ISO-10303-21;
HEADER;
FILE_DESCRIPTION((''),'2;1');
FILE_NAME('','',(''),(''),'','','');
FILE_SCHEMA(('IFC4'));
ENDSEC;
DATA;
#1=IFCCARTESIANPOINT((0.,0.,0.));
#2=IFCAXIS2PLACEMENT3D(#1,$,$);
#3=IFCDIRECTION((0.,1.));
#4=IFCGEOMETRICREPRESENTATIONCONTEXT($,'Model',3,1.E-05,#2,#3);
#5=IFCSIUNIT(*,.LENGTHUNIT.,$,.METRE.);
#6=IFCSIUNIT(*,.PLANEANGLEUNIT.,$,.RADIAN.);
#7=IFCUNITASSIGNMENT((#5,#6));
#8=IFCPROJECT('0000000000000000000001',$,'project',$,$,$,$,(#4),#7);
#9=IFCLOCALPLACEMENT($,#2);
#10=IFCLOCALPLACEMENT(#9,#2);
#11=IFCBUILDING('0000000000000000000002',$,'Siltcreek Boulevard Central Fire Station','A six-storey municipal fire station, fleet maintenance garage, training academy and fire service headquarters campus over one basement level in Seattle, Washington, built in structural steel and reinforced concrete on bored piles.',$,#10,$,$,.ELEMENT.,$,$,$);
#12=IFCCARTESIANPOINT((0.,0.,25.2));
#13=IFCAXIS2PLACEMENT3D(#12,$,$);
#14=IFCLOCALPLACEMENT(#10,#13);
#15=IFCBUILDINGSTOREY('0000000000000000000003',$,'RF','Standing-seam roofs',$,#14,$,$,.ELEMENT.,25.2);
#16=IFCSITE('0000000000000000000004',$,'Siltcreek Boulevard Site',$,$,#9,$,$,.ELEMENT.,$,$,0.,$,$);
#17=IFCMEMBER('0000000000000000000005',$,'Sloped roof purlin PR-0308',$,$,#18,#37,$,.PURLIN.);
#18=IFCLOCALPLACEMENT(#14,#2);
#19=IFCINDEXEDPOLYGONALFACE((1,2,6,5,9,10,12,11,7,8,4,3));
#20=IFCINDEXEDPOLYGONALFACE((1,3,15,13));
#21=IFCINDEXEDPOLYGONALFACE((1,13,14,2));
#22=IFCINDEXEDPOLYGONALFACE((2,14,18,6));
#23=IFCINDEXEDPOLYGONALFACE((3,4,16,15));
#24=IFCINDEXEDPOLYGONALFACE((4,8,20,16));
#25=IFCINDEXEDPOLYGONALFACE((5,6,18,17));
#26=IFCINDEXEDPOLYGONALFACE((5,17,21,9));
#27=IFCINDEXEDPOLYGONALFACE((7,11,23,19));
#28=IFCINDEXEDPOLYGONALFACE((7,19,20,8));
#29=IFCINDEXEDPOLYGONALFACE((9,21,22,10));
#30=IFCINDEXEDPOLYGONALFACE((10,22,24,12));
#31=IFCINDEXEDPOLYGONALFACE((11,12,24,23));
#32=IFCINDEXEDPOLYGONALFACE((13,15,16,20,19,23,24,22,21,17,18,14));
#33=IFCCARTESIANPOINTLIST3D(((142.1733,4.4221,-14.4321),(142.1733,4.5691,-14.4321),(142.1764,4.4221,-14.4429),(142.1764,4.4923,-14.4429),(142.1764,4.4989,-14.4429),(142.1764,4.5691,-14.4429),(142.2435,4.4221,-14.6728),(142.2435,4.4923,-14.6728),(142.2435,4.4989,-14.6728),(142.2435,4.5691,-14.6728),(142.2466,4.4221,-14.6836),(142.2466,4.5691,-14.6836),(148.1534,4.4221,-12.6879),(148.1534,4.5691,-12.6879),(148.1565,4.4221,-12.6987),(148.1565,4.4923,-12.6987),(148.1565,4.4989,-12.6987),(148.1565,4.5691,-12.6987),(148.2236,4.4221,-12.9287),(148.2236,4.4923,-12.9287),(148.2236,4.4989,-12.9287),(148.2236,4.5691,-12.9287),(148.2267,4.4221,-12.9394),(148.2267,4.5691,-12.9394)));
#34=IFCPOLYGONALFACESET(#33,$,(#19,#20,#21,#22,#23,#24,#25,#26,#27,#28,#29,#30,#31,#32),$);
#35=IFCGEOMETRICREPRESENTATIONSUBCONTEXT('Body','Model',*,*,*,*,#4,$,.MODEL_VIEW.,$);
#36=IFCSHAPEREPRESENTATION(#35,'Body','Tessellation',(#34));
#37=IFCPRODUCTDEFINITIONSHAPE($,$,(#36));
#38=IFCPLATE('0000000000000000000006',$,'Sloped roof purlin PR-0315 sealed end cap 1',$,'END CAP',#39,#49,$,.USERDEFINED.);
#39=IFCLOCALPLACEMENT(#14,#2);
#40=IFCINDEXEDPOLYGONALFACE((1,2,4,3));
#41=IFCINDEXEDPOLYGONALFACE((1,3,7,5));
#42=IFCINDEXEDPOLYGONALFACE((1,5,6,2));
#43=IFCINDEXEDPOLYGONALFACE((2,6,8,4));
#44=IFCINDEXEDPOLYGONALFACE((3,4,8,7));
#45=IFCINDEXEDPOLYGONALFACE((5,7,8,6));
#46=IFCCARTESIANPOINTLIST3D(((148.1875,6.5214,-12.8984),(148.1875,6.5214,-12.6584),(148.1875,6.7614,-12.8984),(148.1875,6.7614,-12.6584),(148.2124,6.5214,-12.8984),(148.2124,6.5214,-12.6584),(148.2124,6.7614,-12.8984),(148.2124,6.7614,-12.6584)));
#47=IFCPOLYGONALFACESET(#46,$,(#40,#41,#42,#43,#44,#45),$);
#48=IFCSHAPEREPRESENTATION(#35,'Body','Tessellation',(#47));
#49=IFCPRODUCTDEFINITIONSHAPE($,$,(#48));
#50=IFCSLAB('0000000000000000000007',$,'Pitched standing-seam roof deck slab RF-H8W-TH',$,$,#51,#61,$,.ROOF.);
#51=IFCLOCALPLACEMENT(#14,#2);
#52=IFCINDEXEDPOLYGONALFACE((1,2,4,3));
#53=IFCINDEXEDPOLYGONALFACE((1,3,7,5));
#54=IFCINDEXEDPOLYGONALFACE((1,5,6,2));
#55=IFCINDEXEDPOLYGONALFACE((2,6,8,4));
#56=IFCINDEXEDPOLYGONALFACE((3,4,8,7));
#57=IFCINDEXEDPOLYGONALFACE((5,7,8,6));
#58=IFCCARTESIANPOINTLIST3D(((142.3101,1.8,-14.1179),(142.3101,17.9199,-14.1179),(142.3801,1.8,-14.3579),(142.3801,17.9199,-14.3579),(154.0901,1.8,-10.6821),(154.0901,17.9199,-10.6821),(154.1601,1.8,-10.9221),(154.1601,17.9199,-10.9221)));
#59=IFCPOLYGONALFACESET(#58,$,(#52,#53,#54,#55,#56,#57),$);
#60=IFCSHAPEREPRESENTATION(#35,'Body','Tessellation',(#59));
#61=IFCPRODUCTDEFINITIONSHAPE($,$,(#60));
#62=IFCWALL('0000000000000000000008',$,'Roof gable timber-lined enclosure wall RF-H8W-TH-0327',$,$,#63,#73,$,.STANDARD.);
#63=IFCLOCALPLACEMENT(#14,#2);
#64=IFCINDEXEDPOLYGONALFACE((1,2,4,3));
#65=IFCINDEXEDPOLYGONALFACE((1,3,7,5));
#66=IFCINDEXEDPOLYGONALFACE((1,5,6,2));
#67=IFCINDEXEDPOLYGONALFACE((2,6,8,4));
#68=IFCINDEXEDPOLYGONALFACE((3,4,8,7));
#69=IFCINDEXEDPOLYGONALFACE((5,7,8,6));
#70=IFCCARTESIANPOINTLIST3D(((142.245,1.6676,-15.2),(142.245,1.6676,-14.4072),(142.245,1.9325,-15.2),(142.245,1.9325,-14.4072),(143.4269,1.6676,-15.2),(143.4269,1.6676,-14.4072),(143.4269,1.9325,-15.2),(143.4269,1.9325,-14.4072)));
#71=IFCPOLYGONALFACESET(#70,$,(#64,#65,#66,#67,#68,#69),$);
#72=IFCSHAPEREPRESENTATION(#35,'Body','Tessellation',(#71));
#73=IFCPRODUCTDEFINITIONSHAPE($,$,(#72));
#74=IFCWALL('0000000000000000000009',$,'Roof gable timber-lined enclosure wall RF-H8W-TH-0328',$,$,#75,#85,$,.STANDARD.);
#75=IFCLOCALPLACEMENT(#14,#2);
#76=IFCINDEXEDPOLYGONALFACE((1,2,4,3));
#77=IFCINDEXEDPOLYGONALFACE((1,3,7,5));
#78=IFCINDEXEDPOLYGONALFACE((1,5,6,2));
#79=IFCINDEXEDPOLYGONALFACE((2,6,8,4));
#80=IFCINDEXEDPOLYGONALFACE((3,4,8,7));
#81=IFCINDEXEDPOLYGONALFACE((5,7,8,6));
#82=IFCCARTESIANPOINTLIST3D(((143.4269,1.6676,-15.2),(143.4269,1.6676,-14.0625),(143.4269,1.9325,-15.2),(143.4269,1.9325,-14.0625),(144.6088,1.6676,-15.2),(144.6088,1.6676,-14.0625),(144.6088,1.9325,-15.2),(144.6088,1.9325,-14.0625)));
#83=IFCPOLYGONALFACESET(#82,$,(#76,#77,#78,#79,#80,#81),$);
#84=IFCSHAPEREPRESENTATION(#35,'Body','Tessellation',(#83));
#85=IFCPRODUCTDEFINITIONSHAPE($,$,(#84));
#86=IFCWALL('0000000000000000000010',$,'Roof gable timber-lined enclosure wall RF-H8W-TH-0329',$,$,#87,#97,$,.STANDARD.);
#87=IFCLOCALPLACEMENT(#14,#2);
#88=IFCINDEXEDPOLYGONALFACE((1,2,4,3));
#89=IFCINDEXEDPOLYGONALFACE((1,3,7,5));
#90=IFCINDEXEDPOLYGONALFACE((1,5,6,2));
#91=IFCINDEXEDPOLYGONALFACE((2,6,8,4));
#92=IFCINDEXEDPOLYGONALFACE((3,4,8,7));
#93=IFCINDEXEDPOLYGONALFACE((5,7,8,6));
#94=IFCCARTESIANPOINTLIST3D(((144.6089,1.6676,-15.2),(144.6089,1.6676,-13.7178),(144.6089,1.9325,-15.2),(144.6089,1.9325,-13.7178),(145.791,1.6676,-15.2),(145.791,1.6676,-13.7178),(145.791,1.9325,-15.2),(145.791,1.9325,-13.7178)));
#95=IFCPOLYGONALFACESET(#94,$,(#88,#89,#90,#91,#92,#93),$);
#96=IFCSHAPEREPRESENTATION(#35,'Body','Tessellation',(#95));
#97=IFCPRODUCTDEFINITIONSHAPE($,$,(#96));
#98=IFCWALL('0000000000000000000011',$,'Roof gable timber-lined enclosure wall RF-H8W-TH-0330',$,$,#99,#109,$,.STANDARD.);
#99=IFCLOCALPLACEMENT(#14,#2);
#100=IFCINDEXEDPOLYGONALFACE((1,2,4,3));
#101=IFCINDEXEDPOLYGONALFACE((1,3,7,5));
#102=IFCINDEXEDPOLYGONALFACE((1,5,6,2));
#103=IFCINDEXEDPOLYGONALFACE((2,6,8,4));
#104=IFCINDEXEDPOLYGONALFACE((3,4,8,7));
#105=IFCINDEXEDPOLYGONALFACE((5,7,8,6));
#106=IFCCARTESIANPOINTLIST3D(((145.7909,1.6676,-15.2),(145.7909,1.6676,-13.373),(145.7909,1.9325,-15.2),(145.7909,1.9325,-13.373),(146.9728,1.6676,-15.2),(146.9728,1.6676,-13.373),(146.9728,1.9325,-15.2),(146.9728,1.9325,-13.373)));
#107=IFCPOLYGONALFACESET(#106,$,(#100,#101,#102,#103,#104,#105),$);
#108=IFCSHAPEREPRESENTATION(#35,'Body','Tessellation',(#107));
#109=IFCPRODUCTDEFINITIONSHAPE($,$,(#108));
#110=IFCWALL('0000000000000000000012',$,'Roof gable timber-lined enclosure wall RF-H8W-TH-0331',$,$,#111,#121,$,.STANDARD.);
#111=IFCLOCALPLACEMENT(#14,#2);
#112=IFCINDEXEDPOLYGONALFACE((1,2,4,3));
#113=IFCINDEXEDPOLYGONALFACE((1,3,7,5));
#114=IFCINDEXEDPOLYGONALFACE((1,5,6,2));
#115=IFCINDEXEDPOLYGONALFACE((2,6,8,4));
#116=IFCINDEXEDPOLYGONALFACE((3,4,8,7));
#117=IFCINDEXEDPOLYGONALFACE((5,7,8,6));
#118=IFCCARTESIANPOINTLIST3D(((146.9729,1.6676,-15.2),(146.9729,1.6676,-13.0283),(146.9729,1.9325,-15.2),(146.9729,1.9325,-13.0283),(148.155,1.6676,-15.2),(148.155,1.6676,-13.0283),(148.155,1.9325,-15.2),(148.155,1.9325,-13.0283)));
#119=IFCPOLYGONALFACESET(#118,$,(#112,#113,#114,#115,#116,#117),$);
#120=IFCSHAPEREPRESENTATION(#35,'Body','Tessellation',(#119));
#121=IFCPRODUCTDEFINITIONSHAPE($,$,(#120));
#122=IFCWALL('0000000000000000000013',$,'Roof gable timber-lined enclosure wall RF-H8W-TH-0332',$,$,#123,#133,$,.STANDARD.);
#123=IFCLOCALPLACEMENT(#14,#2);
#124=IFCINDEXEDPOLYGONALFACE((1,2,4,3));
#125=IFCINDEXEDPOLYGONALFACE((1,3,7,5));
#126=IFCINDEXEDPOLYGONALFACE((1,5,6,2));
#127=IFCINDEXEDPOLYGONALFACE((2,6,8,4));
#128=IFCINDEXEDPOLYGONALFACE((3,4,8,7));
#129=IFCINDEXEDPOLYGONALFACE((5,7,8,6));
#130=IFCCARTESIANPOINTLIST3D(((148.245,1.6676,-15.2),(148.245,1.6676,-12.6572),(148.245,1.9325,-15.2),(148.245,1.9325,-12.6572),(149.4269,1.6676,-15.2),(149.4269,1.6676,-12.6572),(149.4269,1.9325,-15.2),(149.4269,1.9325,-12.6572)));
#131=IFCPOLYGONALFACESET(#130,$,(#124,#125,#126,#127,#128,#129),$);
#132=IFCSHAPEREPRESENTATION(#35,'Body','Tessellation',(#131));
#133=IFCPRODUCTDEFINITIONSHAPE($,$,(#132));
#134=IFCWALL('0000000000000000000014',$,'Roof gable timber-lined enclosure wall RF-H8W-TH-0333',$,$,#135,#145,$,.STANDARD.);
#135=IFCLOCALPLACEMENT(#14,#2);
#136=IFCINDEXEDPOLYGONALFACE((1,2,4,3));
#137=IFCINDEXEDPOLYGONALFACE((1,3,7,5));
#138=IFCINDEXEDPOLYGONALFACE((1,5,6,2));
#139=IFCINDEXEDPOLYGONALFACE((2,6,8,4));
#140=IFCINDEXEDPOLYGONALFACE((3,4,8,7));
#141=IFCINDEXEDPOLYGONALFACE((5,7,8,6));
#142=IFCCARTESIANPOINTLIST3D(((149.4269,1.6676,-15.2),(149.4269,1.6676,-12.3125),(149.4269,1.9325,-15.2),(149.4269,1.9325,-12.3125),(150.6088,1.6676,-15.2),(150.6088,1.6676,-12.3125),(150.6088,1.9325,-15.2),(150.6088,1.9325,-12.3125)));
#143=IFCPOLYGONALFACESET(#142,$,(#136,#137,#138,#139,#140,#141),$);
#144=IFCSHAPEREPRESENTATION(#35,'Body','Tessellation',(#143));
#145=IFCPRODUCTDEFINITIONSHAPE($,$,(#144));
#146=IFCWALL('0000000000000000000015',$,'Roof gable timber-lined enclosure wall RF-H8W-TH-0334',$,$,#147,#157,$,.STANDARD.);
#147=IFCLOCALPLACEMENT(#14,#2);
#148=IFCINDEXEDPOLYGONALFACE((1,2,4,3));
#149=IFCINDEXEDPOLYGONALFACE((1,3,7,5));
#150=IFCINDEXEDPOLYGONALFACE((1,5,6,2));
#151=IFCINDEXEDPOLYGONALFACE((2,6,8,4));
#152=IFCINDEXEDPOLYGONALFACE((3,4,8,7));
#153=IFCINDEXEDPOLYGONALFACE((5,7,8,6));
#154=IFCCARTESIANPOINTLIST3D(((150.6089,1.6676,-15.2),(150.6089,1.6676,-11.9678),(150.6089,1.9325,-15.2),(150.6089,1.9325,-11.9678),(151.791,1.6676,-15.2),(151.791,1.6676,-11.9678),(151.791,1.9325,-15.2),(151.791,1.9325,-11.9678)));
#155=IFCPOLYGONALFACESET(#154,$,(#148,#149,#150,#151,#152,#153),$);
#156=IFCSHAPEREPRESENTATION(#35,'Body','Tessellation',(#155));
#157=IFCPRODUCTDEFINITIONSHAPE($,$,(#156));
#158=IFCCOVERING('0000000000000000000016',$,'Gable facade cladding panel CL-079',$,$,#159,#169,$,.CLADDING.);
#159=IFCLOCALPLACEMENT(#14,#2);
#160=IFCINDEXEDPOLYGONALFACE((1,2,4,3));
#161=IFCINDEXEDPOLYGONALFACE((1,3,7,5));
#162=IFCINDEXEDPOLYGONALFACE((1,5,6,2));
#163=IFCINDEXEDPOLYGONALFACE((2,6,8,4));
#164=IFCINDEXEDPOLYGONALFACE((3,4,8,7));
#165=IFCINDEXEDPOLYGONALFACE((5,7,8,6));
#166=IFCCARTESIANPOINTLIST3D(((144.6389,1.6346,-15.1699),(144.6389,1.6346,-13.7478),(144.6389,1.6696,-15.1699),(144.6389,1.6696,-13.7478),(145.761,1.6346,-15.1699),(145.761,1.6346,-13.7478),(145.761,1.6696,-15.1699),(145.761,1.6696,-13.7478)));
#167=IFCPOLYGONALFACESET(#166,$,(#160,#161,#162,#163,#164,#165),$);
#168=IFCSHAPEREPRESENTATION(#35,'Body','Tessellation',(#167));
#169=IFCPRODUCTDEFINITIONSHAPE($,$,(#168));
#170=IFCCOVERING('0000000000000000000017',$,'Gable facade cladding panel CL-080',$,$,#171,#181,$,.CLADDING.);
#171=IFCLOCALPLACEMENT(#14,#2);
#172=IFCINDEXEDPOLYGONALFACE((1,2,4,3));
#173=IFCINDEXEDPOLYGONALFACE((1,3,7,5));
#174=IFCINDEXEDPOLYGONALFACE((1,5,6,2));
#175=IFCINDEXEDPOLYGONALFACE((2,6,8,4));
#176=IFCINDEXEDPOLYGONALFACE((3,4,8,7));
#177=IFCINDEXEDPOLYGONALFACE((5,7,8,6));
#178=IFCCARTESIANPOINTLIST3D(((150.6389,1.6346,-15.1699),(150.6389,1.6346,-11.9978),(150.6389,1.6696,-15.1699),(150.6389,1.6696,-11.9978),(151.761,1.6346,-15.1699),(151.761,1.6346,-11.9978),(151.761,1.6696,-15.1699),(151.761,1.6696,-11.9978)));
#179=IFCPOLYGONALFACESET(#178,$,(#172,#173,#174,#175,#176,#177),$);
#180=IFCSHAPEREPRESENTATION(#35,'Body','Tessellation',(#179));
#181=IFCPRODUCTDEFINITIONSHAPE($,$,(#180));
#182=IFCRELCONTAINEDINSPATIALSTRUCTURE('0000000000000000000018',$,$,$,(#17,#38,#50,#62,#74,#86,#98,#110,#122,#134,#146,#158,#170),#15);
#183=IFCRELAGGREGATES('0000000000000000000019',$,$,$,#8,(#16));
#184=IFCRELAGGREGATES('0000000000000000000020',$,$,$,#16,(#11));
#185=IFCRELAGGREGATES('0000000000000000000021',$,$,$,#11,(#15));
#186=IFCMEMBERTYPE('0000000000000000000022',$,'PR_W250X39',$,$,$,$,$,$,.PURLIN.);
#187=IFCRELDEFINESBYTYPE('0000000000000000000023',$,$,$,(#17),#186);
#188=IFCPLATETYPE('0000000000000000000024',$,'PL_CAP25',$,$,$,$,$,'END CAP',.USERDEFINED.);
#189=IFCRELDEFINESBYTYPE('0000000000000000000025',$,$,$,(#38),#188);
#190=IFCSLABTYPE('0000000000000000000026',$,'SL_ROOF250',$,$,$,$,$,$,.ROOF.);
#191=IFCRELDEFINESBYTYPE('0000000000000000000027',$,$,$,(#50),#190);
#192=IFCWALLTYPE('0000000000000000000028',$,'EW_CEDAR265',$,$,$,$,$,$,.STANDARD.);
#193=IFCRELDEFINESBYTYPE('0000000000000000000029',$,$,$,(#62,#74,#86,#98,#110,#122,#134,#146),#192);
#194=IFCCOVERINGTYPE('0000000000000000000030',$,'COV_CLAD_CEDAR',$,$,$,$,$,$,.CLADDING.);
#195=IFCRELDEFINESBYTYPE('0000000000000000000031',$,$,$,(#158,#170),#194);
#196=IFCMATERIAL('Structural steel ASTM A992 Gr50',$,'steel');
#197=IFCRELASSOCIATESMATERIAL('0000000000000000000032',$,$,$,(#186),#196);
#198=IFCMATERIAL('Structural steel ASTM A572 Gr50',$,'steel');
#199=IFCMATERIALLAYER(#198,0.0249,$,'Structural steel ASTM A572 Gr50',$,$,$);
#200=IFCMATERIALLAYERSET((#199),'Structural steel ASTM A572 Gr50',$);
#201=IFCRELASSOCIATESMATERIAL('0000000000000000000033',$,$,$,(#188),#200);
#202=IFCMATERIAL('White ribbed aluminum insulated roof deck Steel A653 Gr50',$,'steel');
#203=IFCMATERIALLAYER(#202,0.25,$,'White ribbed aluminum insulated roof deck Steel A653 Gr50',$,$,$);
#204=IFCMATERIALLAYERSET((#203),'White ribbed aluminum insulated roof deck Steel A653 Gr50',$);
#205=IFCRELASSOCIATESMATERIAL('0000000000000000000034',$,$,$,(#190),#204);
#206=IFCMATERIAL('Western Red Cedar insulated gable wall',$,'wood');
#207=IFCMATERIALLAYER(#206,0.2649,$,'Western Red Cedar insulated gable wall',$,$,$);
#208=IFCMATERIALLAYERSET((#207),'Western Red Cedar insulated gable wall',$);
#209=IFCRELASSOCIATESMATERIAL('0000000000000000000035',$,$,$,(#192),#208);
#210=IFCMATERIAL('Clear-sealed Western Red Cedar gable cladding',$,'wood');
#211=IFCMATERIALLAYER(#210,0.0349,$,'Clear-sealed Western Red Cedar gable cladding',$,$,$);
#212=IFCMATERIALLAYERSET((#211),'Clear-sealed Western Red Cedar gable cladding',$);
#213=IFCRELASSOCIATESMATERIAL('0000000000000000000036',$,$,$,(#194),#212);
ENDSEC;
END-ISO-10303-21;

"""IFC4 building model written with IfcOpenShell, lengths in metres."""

from ifc_helpers import new_model, si_unit, direction, frame, frame_2d, origin, origin_2d, place, context, subcontext, project, spatial, polyline, rectangle, i_section, outline, extrude, material, layer, layer_set, material_profile, profile_set, type_object, element, save


model = new_model("IFC4")

# Units and contexts
model_context = context("Model", 3, precision=1e-05, world=origin(), true_north=direction((0.0, 1.0)))
body_context = subcontext(model_context, "Body", "Model", "MODEL_VIEW")
ifc_project = project(units=[si_unit("LENGTHUNIT", "METRE"), si_unit("PLANEANGLEUNIT", "RADIAN")], contexts=[model_context])

# Site, building, storey
site_placement = place(None, origin())
site = spatial("IfcSite", under=ifc_project, at=site_placement, Name="Siltcreek Boulevard Site", CompositionType="ELEMENT", RefElevation=0.0)
building_placement = place(site_placement, origin())
building = spatial("IfcBuilding", under=site, at=building_placement, Name="Siltcreek Boulevard Central Fire Station", Description="A six-storey municipal fire station, fleet maintenance garage, training academy and fire service headquarters campus over one basement level in Seattle, Washington, built in structural steel and reinforced concrete on bored piles.", CompositionType="ELEMENT")
storey_placement = place(building_placement, frame((0.0, 0.0, 25.2)))
storey = spatial("IfcBuildingStorey", under=building, at=storey_placement, Name="RF", Description="Standing-seam roofs", CompositionType="ELEMENT", Elevation=25.2)

# Shared definitions
ifc_material_1 = material(Name="Structural steel ASTM A992 Gr50", Category="steel")

# Member
ifc_material_profile_1 = material_profile(ifc_material_1, i_section(OverallWidth=0.147, OverallDepth=0.262, WebThickness=0.0066, FlangeThickness=0.0112, at=origin_2d()), Name="W250X39")
ifc_profile_set_1 = profile_set([ifc_material_profile_1], Name="Structural steel ASTM A992 Gr50")
member_type_1 = type_object("IfcMemberType", Name="PR_W250X39", PredefinedType="PURLIN", material=ifc_profile_set_1)
member_1_placement = place(storey_placement, frame((142.21, 4.4956, -14.5579), z_axis=(0.960001, 0.0, 0.279997), x_axis=(0.0, 1.0, 0.0)))
element("IfcMember", 1, at=member_1_placement, inside=storey, type_object=member_type_1, Name="Sloped roof purlin PR-0308", PredefinedType="PURLIN", context=body_context, shape_type="SweptSolid", body=[
    extrude(i_section(OverallWidth=0.147, OverallDepth=0.262, WebThickness=0.0066, FlangeThickness=0.0112, at=origin_2d()), origin(), (0.0, 0.0, 1.0), 6.2292),
])

# Plate
ifc_material_2 = material(Name="Structural steel ASTM A572 Gr50", Category="steel")
ifc_layer_1 = layer(ifc_material_2, 0.0249, Name="Structural steel ASTM A572 Gr50")
ifc_layer_set_1 = layer_set([ifc_layer_1], Name="Structural steel ASTM A572 Gr50")
plate_type = type_object("IfcPlateType", Name="PL_CAP25", ElementType="END CAP", PredefinedType="USERDEFINED", material=ifc_layer_set_1)
plate_placement = place(storey_placement, frame((148.2, 6.6414, -12.8984), z_axis=(0.0, 0.0, 1.0), x_axis=(1.0, 0.0, 0.0)))
element("IfcPlate", 2, at=plate_placement, inside=storey, type_object=plate_type, Name="Sloped roof purlin PR-0315 sealed end cap 1", ObjectType="END CAP", PredefinedType="USERDEFINED", context=body_context, shape_type="SweptSolid", body=[
    extrude(rectangle(XDim=0.0249, YDim=0.24, at=origin_2d()), origin(), (0.0, 0.0, 1.0), 0.24),
])

# Slab
ifc_material_3 = material(Name="White ribbed aluminum insulated roof deck Steel A653 Gr50", Category="steel")
ifc_layer_2 = layer(ifc_material_3, 0.25, Name="White ribbed aluminum insulated roof deck Steel A653 Gr50")
ifc_layer_set_2 = layer_set([ifc_layer_2], Name="White ribbed aluminum insulated roof deck Steel A653 Gr50")
slab_type = type_object("IfcSlabType", Name="SL_ROOF250", PredefinedType="ROOF", material=ifc_layer_set_2)
slab_placement = place(storey_placement, frame((142.3101, 1.8, -14.1179), z_axis=(-0.279996, 0.0, 0.960001), x_axis=(0.960001, 0.0, 0.279996)))
element("IfcSlab", 3, at=slab_placement, inside=storey, type_object=slab_type, Name="Pitched standing-seam roof deck slab RF-H8W-TH", PredefinedType="ROOF", context=body_context, shape_type="SweptSolid", body=[
    extrude(outline(polyline([(0.0, 0.0), (12.2708, 0.0), (12.2708, 16.1199), (0.0, 16.1199), (0.0, 0.0)])), origin(), (0.0, 0.0, -1.0), 0.25),
])

# Walls
ifc_material_4 = material(Name="Western Red Cedar insulated gable wall", Category="wood")
ifc_layer_3 = layer(ifc_material_4, 0.2649, Name="Western Red Cedar insulated gable wall")
ifc_layer_set_3 = layer_set([ifc_layer_3], Name="Western Red Cedar insulated gable wall")
wall_type = type_object("IfcWallType", Name="EW_CEDAR265", PredefinedType="STANDARD", material=ifc_layer_set_3)
wall_1_placement = place(storey_placement, frame((142.2451, 1.8, -15.2), z_axis=(0.0, 0.0, 1.0), x_axis=(1.0, 0.0, 0.0)))
element("IfcWall", 4, at=wall_1_placement, inside=storey, type_object=wall_type, Name="Roof gable timber-lined enclosure wall RF-H8W-TH-0327", PredefinedType="STANDARD", context=body_context, shape_type="SweptSolid", body=[
    extrude(rectangle(XDim=1.1819, YDim=0.2649, at=frame_2d((0.5908, 0.0))), origin(), (0.0, 0.0, 1.0), 0.7927),
])
wall_2_placement = place(storey_placement, frame((143.427, 1.8, -15.2), z_axis=(0.0, 0.0, 1.0), x_axis=(1.0, 0.0, 0.0)))
element("IfcWall", 5, at=wall_2_placement, inside=storey, type_object=wall_type, Name="Roof gable timber-lined enclosure wall RF-H8W-TH-0328", PredefinedType="STANDARD", context=body_context, shape_type="SweptSolid", body=[
    extrude(rectangle(XDim=1.1819, YDim=0.2649, at=frame_2d((0.5908, 0.0))), origin(), (0.0, 0.0, 1.0), 1.1375),
])
wall_3_placement = place(storey_placement, frame((144.6089, 1.8, -15.2), z_axis=(0.0, 0.0, 1.0), x_axis=(1.0, 0.0, 0.0)))
element("IfcWall", 6, at=wall_3_placement, inside=storey, type_object=wall_type, Name="Roof gable timber-lined enclosure wall RF-H8W-TH-0329", PredefinedType="STANDARD", context=body_context, shape_type="SweptSolid", body=[
    extrude(rectangle(XDim=1.1821, YDim=0.2649, at=frame_2d((0.5911, 0.0))), origin(), (0.0, 0.0, 1.0), 1.4822),
])
wall_4_placement = place(storey_placement, frame((145.791, 1.8, -15.2), z_axis=(0.0, 0.0, 1.0), x_axis=(1.0, 0.0, 0.0)))
element("IfcWall", 7, at=wall_4_placement, inside=storey, type_object=wall_type, Name="Roof gable timber-lined enclosure wall RF-H8W-TH-0330", PredefinedType="STANDARD", context=body_context, shape_type="SweptSolid", body=[
    extrude(rectangle(XDim=1.1819, YDim=0.2649, at=frame_2d((0.5908, 0.0))), origin(), (0.0, 0.0, 1.0), 1.8269),
])
wall_5_placement = place(storey_placement, frame((146.9729, 1.8, -15.2), z_axis=(0.0, 0.0, 1.0), x_axis=(1.0, 0.0, 0.0)))
element("IfcWall", 8, at=wall_5_placement, inside=storey, type_object=wall_type, Name="Roof gable timber-lined enclosure wall RF-H8W-TH-0331", PredefinedType="STANDARD", context=body_context, shape_type="SweptSolid", body=[
    extrude(rectangle(XDim=1.1821, YDim=0.2649, at=frame_2d((0.5911, 0.0))), origin(), (0.0, 0.0, 1.0), 2.1716),
])
wall_6_placement = place(storey_placement, frame((148.2451, 1.8, -15.2), z_axis=(0.0, 0.0, 1.0), x_axis=(1.0, 0.0, 0.0)))
element("IfcWall", 9, at=wall_6_placement, inside=storey, type_object=wall_type, Name="Roof gable timber-lined enclosure wall RF-H8W-TH-0332", PredefinedType="STANDARD", context=body_context, shape_type="SweptSolid", body=[
    extrude(rectangle(XDim=1.1819, YDim=0.2649, at=frame_2d((0.5908, 0.0))), origin(), (0.0, 0.0, 1.0), 2.5427),
])
wall_7_placement = place(storey_placement, frame((149.427, 1.8, -15.2), z_axis=(0.0, 0.0, 1.0), x_axis=(1.0, 0.0, 0.0)))
element("IfcWall", 10, at=wall_7_placement, inside=storey, type_object=wall_type, Name="Roof gable timber-lined enclosure wall RF-H8W-TH-0333", PredefinedType="STANDARD", context=body_context, shape_type="SweptSolid", body=[
    extrude(rectangle(XDim=1.1819, YDim=0.2649, at=frame_2d((0.5908, 0.0))), origin(), (0.0, 0.0, 1.0), 2.8875),
])
wall_8_placement = place(storey_placement, frame((150.6089, 1.8, -15.2), z_axis=(0.0, 0.0, 1.0), x_axis=(1.0, 0.0, 0.0)))
element("IfcWall", 11, at=wall_8_placement, inside=storey, type_object=wall_type, Name="Roof gable timber-lined enclosure wall RF-H8W-TH-0334", PredefinedType="STANDARD", context=body_context, shape_type="SweptSolid", body=[
    extrude(rectangle(XDim=1.1821, YDim=0.2649, at=frame_2d((0.5911, 0.0))), origin(), (0.0, 0.0, 1.0), 3.2322),
])

# Coverings
ifc_material_5 = material(Name="Clear-sealed Western Red Cedar gable cladding", Category="wood")
ifc_layer_4 = layer(ifc_material_5, 0.0349, Name="Clear-sealed Western Red Cedar gable cladding")
ifc_layer_set_4 = layer_set([ifc_layer_4], Name="Clear-sealed Western Red Cedar gable cladding")
covering_type = type_object("IfcCoveringType", Name="COV_CLAD_CEDAR", PredefinedType="CLADDING", material=ifc_layer_set_4)
covering_1_placement = place(storey_placement, frame((145.2, 1.6521, -15.1699), z_axis=(0.0, 0.0, 1.0), x_axis=(1.0, 0.0, 0.0)))
element("IfcCovering", 12, at=covering_1_placement, inside=storey, type_object=covering_type, Name="Gable facade cladding panel CL-079", PredefinedType="CLADDING", context=body_context, shape_type="SweptSolid", body=[
    extrude(rectangle(XDim=1.1221, YDim=0.0349, at=origin_2d()), origin(), (0.0, 0.0, 1.0), 1.4221),
])
covering_2_placement = place(storey_placement, frame((151.2, 1.6521, -15.1699), z_axis=(0.0, 0.0, 1.0), x_axis=(1.0, 0.0, 0.0)))
element("IfcCovering", 13, at=covering_2_placement, inside=storey, type_object=covering_type, Name="Gable facade cladding panel CL-080", PredefinedType="CLADDING", context=body_context, shape_type="SweptSolid", body=[
    extrude(rectangle(XDim=1.1221, YDim=0.0349, at=origin_2d()), origin(), (0.0, 0.0, 1.0), 3.1721),
])

save(model, "model.ifc")
